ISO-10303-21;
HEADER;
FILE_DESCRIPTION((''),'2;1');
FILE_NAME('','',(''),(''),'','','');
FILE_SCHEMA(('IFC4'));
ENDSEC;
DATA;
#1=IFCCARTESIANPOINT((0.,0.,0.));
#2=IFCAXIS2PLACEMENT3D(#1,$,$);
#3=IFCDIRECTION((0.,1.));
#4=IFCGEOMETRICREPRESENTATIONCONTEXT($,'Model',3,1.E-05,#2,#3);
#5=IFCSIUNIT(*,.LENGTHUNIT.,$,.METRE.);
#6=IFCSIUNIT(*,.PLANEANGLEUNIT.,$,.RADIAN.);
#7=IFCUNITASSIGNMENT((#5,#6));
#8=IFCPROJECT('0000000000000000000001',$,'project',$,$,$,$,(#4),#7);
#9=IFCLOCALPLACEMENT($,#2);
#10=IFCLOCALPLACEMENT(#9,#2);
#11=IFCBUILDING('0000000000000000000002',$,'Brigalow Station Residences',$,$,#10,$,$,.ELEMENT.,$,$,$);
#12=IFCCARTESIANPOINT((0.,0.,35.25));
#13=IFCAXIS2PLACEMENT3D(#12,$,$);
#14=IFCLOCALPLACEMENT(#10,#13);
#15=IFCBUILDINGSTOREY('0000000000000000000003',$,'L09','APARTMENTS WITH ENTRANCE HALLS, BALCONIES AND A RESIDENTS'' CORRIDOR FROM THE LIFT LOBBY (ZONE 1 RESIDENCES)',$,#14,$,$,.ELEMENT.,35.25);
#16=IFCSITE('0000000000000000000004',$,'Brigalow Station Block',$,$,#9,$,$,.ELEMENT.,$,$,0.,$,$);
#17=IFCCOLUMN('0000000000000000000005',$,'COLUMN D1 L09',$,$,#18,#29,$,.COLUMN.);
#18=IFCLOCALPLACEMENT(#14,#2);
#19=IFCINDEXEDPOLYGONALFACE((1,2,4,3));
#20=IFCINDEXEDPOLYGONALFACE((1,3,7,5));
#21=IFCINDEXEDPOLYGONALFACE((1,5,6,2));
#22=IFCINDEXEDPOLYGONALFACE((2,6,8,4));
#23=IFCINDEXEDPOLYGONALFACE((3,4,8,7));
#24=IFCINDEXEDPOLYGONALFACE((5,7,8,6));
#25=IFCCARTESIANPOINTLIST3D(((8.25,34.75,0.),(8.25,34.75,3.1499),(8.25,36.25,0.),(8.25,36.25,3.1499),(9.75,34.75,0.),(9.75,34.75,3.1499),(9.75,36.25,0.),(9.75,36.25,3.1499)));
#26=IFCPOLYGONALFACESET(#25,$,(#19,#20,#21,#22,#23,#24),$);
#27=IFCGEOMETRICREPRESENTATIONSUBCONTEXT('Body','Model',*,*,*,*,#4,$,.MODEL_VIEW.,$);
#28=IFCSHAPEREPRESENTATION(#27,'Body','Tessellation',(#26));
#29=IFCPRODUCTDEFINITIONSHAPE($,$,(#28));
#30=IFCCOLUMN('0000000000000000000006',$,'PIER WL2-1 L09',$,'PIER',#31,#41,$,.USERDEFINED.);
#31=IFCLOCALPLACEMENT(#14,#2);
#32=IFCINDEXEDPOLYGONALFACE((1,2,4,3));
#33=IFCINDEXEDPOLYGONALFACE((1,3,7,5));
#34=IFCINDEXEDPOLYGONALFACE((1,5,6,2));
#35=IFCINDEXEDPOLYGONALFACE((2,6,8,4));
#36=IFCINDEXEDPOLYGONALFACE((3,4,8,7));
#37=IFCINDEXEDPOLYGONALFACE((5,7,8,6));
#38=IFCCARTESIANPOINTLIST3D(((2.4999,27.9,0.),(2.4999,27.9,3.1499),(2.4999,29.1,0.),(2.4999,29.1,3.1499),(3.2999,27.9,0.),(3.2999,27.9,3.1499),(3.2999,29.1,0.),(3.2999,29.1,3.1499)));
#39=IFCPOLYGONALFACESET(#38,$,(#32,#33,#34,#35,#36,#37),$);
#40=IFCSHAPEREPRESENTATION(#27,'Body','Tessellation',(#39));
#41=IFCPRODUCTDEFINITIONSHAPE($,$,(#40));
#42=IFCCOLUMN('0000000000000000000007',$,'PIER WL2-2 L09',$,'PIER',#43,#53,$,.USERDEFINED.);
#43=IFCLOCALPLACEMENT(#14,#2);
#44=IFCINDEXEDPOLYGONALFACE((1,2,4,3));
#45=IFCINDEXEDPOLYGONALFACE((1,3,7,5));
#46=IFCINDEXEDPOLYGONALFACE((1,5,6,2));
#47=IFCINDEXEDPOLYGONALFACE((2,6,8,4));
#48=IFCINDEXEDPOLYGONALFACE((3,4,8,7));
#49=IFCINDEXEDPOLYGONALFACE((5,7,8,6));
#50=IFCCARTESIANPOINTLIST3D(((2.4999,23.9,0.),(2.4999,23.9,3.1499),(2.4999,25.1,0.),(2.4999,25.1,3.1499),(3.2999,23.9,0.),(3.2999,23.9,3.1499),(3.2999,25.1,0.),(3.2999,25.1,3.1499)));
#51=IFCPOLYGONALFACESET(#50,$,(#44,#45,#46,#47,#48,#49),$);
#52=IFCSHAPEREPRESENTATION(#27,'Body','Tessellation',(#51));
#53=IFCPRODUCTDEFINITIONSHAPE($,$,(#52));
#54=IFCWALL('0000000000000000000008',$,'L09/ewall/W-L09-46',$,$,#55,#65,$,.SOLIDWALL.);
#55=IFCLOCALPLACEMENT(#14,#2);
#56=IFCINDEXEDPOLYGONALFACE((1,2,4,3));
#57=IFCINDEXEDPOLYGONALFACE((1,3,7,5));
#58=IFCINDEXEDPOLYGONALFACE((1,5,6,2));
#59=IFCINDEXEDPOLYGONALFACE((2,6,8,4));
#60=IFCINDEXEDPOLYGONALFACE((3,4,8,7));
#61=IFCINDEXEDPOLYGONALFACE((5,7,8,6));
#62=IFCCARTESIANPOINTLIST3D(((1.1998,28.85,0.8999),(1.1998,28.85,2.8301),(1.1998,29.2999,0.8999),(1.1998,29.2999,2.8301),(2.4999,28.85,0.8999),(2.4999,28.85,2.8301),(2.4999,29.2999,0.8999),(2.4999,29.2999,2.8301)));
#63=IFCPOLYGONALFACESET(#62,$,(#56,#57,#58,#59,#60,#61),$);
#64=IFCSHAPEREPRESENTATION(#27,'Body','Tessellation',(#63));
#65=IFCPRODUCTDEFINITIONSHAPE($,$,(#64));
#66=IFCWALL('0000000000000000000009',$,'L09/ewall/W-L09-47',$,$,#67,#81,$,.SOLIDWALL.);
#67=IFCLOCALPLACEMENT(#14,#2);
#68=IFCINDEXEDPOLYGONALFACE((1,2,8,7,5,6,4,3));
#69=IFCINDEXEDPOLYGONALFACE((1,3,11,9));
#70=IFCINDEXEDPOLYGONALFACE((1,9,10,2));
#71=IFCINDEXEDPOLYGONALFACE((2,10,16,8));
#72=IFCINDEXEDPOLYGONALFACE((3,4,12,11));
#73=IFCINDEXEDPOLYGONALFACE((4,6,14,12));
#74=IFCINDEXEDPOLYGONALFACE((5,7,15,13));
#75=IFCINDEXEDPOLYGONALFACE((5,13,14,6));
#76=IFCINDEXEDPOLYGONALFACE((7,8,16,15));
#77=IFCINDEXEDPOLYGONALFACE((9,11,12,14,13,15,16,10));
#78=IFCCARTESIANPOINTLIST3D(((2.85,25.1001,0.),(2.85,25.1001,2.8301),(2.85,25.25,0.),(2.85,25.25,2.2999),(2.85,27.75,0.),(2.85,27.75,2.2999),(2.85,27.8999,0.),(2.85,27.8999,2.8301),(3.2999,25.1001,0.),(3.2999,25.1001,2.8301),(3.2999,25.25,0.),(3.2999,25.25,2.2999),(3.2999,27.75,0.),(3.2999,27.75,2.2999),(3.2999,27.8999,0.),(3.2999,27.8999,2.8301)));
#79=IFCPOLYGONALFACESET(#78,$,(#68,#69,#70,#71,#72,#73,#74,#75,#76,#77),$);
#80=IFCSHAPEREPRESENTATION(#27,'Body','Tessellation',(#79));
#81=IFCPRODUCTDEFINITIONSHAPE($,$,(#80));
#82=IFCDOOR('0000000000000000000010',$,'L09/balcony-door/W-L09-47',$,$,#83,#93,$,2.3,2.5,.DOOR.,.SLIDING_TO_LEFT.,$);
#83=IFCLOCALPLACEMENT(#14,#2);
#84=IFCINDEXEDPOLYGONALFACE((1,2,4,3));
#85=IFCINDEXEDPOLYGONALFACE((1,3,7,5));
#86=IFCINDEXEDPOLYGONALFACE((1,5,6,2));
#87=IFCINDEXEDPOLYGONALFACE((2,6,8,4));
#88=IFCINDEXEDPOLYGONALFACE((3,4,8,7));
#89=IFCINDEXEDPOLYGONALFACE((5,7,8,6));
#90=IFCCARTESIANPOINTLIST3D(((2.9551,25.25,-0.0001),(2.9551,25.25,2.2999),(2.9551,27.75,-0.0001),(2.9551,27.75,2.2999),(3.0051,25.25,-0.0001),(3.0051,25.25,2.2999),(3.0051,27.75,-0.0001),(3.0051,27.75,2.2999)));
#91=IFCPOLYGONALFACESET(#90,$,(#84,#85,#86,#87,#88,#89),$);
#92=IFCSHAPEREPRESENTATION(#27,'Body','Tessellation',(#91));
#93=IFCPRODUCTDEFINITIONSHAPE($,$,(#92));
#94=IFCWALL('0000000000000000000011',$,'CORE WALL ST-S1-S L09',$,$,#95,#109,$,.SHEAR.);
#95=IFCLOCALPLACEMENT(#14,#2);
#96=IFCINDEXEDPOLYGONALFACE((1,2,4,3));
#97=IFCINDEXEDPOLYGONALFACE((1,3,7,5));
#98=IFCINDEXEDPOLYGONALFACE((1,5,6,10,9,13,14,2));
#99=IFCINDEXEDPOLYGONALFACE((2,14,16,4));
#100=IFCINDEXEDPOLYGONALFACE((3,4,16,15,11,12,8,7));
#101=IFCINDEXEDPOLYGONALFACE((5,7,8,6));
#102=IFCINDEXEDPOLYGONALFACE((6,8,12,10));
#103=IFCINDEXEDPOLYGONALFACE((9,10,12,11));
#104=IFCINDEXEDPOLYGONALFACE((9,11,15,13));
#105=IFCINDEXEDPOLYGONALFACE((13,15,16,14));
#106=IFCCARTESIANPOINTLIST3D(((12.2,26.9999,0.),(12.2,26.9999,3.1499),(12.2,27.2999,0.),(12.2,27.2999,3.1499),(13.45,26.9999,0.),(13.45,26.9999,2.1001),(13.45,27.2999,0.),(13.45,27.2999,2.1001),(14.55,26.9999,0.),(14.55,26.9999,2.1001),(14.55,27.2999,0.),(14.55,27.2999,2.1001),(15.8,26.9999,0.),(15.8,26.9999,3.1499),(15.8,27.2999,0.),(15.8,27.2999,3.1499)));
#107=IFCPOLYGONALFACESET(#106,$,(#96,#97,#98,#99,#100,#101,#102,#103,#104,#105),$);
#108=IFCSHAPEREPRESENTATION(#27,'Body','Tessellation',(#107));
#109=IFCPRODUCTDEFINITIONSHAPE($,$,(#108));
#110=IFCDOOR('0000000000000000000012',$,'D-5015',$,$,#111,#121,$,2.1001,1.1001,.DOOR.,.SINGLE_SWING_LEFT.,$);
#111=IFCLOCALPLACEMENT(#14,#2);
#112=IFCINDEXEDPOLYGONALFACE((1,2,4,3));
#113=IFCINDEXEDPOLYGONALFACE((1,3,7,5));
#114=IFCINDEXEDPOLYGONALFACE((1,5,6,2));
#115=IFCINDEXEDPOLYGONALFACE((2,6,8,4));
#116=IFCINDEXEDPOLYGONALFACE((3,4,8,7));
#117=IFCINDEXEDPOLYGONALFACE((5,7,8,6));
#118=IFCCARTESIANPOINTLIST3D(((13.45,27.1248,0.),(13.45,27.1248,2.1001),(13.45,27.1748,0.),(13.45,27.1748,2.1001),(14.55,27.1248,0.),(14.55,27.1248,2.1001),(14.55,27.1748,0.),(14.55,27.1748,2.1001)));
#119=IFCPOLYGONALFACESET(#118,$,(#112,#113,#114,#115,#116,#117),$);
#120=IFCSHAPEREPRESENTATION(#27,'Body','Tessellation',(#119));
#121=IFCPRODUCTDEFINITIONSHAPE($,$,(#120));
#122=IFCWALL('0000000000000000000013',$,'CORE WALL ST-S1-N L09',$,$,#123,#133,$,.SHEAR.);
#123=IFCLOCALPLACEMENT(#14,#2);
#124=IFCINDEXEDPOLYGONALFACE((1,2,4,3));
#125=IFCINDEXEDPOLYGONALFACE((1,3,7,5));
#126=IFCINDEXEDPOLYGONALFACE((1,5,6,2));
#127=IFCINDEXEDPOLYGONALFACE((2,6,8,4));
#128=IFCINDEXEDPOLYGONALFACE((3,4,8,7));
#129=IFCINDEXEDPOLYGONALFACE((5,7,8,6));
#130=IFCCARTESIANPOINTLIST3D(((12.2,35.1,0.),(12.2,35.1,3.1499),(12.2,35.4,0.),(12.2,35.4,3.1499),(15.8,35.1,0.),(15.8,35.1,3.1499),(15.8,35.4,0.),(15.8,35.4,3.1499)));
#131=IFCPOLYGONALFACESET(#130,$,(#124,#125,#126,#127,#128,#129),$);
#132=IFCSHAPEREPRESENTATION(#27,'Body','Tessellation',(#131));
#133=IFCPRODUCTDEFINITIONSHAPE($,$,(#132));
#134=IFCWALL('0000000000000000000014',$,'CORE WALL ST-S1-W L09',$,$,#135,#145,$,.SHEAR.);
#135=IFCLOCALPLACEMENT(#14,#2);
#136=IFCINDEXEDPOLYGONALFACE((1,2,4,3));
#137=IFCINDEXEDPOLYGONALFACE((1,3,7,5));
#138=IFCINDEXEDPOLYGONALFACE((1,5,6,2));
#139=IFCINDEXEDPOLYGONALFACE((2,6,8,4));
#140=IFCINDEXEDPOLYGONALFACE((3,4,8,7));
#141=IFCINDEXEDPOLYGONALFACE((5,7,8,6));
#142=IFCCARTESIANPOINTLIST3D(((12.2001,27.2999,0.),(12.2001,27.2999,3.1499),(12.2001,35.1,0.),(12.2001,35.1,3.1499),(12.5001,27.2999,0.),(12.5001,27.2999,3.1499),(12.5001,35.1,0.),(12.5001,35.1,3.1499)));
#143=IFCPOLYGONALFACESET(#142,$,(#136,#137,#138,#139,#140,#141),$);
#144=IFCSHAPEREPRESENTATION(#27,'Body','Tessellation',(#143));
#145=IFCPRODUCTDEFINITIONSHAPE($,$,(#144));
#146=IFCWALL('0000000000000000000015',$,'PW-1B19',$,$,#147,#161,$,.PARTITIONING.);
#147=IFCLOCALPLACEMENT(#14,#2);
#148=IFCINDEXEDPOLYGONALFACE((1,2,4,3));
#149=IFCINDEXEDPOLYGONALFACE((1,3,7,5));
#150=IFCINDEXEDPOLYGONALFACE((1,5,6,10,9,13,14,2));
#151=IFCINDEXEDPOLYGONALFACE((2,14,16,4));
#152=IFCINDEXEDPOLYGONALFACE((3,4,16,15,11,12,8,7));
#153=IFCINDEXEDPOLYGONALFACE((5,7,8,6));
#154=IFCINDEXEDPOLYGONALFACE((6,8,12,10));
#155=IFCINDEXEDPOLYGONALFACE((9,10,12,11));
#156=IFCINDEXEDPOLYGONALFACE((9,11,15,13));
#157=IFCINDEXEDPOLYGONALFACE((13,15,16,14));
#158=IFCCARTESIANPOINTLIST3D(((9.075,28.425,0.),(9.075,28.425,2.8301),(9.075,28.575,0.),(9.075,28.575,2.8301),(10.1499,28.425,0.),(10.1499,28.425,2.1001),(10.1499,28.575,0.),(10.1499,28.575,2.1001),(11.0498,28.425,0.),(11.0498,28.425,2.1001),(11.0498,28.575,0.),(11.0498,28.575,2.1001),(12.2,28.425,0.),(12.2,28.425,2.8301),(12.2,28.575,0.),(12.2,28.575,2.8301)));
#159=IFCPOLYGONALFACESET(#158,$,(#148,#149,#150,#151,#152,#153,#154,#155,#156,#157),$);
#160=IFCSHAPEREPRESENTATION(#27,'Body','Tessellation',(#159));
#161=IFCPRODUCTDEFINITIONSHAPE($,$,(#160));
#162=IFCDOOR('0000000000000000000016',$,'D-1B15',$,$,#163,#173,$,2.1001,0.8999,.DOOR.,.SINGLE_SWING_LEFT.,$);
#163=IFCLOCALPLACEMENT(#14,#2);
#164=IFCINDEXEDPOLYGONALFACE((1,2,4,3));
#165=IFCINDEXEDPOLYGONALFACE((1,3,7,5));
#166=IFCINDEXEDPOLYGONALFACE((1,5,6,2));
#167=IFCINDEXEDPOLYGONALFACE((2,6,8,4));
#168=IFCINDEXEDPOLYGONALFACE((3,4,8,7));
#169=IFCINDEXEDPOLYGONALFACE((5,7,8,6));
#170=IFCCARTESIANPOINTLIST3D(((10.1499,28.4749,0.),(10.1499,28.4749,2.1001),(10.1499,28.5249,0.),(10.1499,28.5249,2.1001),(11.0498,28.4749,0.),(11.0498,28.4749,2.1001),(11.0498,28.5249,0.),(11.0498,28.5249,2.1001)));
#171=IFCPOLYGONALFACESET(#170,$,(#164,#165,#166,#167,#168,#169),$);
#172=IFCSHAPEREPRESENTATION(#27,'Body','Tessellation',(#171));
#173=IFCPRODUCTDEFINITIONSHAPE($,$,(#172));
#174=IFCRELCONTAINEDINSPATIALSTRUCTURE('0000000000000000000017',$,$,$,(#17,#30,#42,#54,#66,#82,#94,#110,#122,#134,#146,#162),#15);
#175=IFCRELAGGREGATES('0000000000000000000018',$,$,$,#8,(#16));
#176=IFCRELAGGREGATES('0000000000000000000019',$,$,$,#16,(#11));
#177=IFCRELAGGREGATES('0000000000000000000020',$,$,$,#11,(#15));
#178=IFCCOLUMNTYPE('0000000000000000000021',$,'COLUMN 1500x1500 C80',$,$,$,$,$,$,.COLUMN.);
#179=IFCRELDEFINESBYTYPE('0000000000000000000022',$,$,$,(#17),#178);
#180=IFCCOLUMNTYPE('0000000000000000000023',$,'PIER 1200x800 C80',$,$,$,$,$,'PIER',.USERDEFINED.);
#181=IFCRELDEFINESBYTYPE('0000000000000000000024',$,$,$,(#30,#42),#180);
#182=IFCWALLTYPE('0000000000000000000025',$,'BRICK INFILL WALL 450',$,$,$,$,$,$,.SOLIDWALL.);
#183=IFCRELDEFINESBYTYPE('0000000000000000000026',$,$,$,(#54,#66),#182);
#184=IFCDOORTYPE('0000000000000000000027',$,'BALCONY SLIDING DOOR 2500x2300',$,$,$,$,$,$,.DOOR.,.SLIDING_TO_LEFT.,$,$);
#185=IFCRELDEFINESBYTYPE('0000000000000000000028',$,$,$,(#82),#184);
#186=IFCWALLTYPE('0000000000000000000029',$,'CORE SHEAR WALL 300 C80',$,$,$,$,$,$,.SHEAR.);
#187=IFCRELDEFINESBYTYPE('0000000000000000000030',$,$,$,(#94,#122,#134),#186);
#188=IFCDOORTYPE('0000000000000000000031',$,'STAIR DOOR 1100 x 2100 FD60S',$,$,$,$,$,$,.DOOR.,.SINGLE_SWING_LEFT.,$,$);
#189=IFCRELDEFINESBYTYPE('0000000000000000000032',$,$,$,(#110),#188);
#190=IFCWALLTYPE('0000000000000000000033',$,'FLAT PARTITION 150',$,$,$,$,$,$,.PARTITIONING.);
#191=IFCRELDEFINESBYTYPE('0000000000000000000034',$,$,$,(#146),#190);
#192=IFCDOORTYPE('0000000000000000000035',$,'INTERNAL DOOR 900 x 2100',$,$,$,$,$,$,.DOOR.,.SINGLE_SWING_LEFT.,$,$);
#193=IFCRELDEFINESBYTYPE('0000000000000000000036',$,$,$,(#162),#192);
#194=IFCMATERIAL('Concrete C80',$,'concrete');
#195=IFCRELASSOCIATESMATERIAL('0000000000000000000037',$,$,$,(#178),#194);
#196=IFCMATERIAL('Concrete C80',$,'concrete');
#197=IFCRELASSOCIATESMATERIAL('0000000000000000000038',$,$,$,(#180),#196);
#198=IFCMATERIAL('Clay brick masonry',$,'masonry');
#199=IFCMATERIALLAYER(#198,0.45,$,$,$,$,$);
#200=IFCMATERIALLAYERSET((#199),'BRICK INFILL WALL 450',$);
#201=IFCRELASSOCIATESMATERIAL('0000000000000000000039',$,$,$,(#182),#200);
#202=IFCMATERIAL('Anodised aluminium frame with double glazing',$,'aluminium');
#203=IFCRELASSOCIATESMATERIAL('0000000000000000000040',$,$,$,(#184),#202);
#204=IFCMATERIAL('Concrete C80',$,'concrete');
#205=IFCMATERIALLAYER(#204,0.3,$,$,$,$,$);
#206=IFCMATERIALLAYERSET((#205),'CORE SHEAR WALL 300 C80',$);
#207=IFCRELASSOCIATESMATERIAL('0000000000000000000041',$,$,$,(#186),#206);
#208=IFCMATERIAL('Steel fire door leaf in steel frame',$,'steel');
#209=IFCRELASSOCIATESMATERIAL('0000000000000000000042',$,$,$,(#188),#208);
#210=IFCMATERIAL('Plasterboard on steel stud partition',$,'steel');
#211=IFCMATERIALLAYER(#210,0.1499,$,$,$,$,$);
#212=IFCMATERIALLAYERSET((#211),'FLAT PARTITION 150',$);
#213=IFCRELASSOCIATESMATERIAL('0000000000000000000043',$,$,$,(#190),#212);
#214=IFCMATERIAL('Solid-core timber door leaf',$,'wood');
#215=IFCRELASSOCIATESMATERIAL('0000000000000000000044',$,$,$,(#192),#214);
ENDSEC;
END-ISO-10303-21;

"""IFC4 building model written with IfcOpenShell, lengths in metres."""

from ifc_helpers import new_model, si_unit, direction, frame, frame_2d, origin, origin_2d, place, context, subcontext, project, spatial, rectangle, extrude, material, layer, layer_set, material_profile, profile_set, type_object, element, fill, save


model = new_model("IFC4")

# Units and contexts
model_context = context("Model", 3, precision=1e-05, world=origin(), true_north=direction((0.0, 1.0)))
body_context = subcontext(model_context, "Body", "Model", "MODEL_VIEW")
ifc_project = project(units=[si_unit("LENGTHUNIT", "METRE"), si_unit("PLANEANGLEUNIT", "RADIAN")], contexts=[model_context])

# Site, building, storey
site_placement = place(None, origin())
site = spatial("IfcSite", under=ifc_project, at=site_placement, Name="Brigalow Station Block", CompositionType="ELEMENT", RefElevation=0.0)
building_placement = place(site_placement, origin())
building = spatial("IfcBuilding", under=site, at=building_placement, Name="Brigalow Station Residences", CompositionType="ELEMENT")
storey_placement = place(building_placement, frame((0.0, 0.0, 35.25)))
storey = spatial("IfcBuildingStorey", under=building, at=storey_placement, Name="L09", Description="APARTMENTS WITH ENTRANCE HALLS, BALCONIES AND A RESIDENTS' CORRIDOR FROM THE LIFT LOBBY (ZONE 1 RESIDENCES)", CompositionType="ELEMENT", Elevation=35.25)

# Columns
ifc_material_1 = material(Name="Concrete C80", Category="concrete")
ifc_material_profile_1 = material_profile(ifc_material_1, rectangle(XDim=1.5, YDim=1.5, at=origin_2d()), Name="RC1500x1500")
ifc_profile_set_1 = profile_set([ifc_material_profile_1], Name="Concrete C80")
column_type_1 = type_object("IfcColumnType", Name="COLUMN 1500x1500 C80", PredefinedType="COLUMN", material=ifc_profile_set_1)
column_placement = place(storey_placement, frame((9.0, 35.5, 0.0), z_axis=(0.0, 0.0, 1.0), x_axis=(1.0, 0.0, 0.0)))
element("IfcColumn", 1, at=column_placement, inside=storey, type_object=column_type_1, Name="COLUMN D1 L09", PredefinedType="COLUMN", context=body_context, shape_type="SweptSolid", body=[
    extrude(rectangle(XDim=1.5, YDim=1.5, at=origin_2d()), origin(), (0.0, 0.0, 1.0), 3.1499),
])
ifc_material_2 = material(Name="Concrete C80", Category="concrete")
ifc_material_profile_2 = material_profile(ifc_material_2, rectangle(XDim=1.2, YDim=0.8, at=origin_2d()), Name="RC1200x800")
ifc_profile_set_2 = profile_set([ifc_material_profile_2], Name="Concrete C80")
column_type_2 = type_object("IfcColumnType", Name="PIER 1200x800 C80", ElementType="PIER", PredefinedType="USERDEFINED", material=ifc_profile_set_2)
for number, where, z_axis, x_axis, name in (
    (2, (2.8999, 28.5, 0.0), (0.0, 0.0, 1.0), (0.0, -1.0, 0.0), "PIER WL2-1 L09"),
    (3, (2.8999, 24.5, 0.0), (0.0, 0.0, 1.0), (0.0, -1.0, 0.0), "PIER WL2-2 L09"),
):
    element("IfcColumn", number, at=place(storey_placement, frame(where, z_axis=z_axis, x_axis=x_axis)), inside=storey, type_object=column_type_2, Name=name, ObjectType="PIER", PredefinedType="USERDEFINED", context=body_context, shape_type="SweptSolid", body=[
        extrude(rectangle(XDim=1.2, YDim=0.8, at=origin_2d()), origin(), (0.0, 0.0, 1.0), 3.1499),
    ])

# Wall
ifc_material_3 = material(Name="Clay brick masonry", Category="masonry")
ifc_layer_1 = layer(ifc_material_3, 0.45)
ifc_layer_set_1 = layer_set([ifc_layer_1], Name="BRICK INFILL WALL 450")
wall_type_1 = type_object("IfcWallType", Name="BRICK INFILL WALL 450", PredefinedType="SOLIDWALL", material=ifc_layer_set_1)
wall_1_placement = place(storey_placement, frame((1.2, 29.075, 0.8999), z_axis=(0.0, 0.0, 1.0), x_axis=(1.0, 0.0, 0.0)))
element("IfcWall", 4, at=wall_1_placement, inside=storey, type_object=wall_type_1, Name="L09/ewall/W-L09-46", PredefinedType="SOLIDWALL", context=body_context, shape_type="SweptSolid", body=[
    extrude(rectangle(XDim=1.3, YDim=0.45, at=frame_2d((0.6499, 0.0))), origin(), (0.0, 0.0, 1.0), 1.9302),
])

# Walls, openings, doors
wall_2_placement = place(storey_placement, frame((3.075, 27.8999, 0.0), z_axis=(0.0, 0.0, 1.0), x_axis=(0.0, -1.0, 0.0)))
wall_2 = element("IfcWall", 5, at=wall_2_placement, inside=storey, type_object=wall_type_1, Name="L09/ewall/W-L09-47", PredefinedType="SOLIDWALL", context=body_context, shape_type="SweptSolid", body=[
    extrude(rectangle(XDim=2.7998, YDim=0.45, at=frame_2d((1.3999, 0.0))), origin(), (0.0, 0.0, 1.0), 2.8301),
])
opening_1_placement = place(wall_2_placement, frame((0.1499, 0.0, 0.0)))
opening_1 = element("IfcOpeningElement", 6, at=opening_1_placement, cuts=wall_2, PredefinedType="OPENING", context=body_context, shape_type="SweptSolid", body=[
    extrude(rectangle(XDim=2.5, YDim=2.3, at=frame_2d((1.25, 1.1499))), frame((0.0, 0.2349, 0.0), z_axis=(0.0, -1.0, 0.0), x_axis=(1.0, 0.0, 0.0)), (0.0, 0.0, 1.0), 0.47),
])
ifc_material_4 = material(Name="Anodised aluminium frame with double glazing", Category="aluminium")
door_type_1 = type_object("IfcDoorType", Name="BALCONY SLIDING DOOR 2500x2300", OperationType="SLIDING_TO_LEFT", PredefinedType="DOOR", material=ifc_material_4)
door_1_placement = place(opening_1_placement, origin())
door_1 = element("IfcDoor", 7, at=door_1_placement, inside=storey, type_object=door_type_1, Name="L09/balcony-door/W-L09-47", OperationType="SLIDING_TO_LEFT", OverallHeight=2.3, OverallWidth=2.5, PredefinedType="DOOR", context=body_context, shape_type="SweptSolid", body=[
    extrude(rectangle(XDim=2.5, YDim=2.3, at=frame_2d((1.25, 1.1499))), frame((0.0, -0.0698, 0.0), z_axis=(0.0, -1.0, 0.0), x_axis=(1.0, 0.0, 0.0)), (0.0, 0.0, 1.0), 0.05),
])
fill(opening_1, door_1)
ifc_material_5 = material(Name="Concrete C80", Category="concrete")
ifc_layer_2 = layer(ifc_material_5, 0.3)
ifc_layer_set_2 = layer_set([ifc_layer_2], Name="CORE SHEAR WALL 300 C80")
wall_type_2 = type_object("IfcWallType", Name="CORE SHEAR WALL 300 C80", PredefinedType="SHEAR", material=ifc_layer_set_2)
wall_3_placement = place(storey_placement, frame((12.2, 27.1499, 0.0), z_axis=(0.0, 0.0, 1.0), x_axis=(1.0, 0.0, 0.0)))
wall_3 = element("IfcWall", 8, at=wall_3_placement, inside=storey, type_object=wall_type_2, Name="CORE WALL ST-S1-S L09", PredefinedType="SHEAR", context=body_context, shape_type="SweptSolid", body=[
    extrude(rectangle(XDim=3.6001, YDim=0.3, at=frame_2d((1.8, 0.0))), origin(), (0.0, 0.0, 1.0), 3.1499),
])
opening_2_placement = place(wall_3_placement, frame((1.25, 0.0, 0.0)))
opening_2 = element("IfcOpeningElement", 9, at=opening_2_placement, cuts=wall_3, PredefinedType="OPENING", context=body_context, shape_type="SweptSolid", body=[
    extrude(rectangle(XDim=1.1001, YDim=2.1001, at=frame_2d((0.55, 1.05))), frame((0.0, 0.1602, 0.0), z_axis=(0.0, -1.0, 0.0), x_axis=(1.0, 0.0, 0.0)), (0.0, 0.0, 1.0), 0.3201),
])
ifc_material_6 = material(Name="Steel fire door leaf in steel frame", Category="steel")
door_type_2 = type_object("IfcDoorType", Name="STAIR DOOR 1100 x 2100 FD60S", OperationType="SINGLE_SWING_LEFT", PredefinedType="DOOR", material=ifc_material_6)
door_2_placement = place(opening_2_placement, origin())
door_2 = element("IfcDoor", 10, at=door_2_placement, inside=storey, type_object=door_type_2, Name="D-5015", OperationType="SINGLE_SWING_LEFT", OverallHeight=2.1001, OverallWidth=1.1001, PredefinedType="DOOR", context=body_context, shape_type="SweptSolid", body=[
    extrude(rectangle(XDim=1.1001, YDim=2.1001, at=frame_2d((0.55, 1.05))), frame((0.0, 0.0249, 0.0), z_axis=(0.0, -1.0, 0.0), x_axis=(1.0, 0.0, 0.0)), (0.0, 0.0, 1.0), 0.05),
])
fill(opening_2, door_2)

# Walls
wall_4_placement = place(storey_placement, frame((12.2, 35.25, 0.0), z_axis=(0.0, 0.0, 1.0), x_axis=(1.0, 0.0, 0.0)))
element("IfcWall", 11, at=wall_4_placement, inside=storey, type_object=wall_type_2, Name="CORE WALL ST-S1-N L09", PredefinedType="SHEAR", context=body_context, shape_type="SweptSolid", body=[
    extrude(rectangle(XDim=3.6001, YDim=0.3, at=frame_2d((1.8, 0.0))), origin(), (0.0, 0.0, 1.0), 3.1499),
])
wall_5_placement = place(storey_placement, frame((12.3501, 27.3, 0.0), z_axis=(0.0, 0.0, 1.0), x_axis=(0.0, 1.0, 0.0)))
element("IfcWall", 12, at=wall_5_placement, inside=storey, type_object=wall_type_2, Name="CORE WALL ST-S1-W L09", PredefinedType="SHEAR", context=body_context, shape_type="SweptSolid", body=[
    extrude(rectangle(XDim=7.8, YDim=0.3, at=frame_2d((3.8999, 0.0))), origin(), (0.0, 0.0, 1.0), 3.1499),
])

# Wall, opening, door
ifc_material_7 = material(Name="Plasterboard on steel stud partition", Category="steel")
ifc_layer_3 = layer(ifc_material_7, 0.1499)
ifc_layer_set_3 = layer_set([ifc_layer_3], Name="FLAT PARTITION 150")
wall_type_3 = type_object("IfcWallType", Name="FLAT PARTITION 150", PredefinedType="PARTITIONING", material=ifc_layer_set_3)
wall_6_placement = place(storey_placement, frame((9.075, 28.5, 0.0), z_axis=(0.0, 0.0, 1.0), x_axis=(1.0, 0.0, 0.0)))
wall_6 = element("IfcWall", 13, at=wall_6_placement, inside=storey, type_object=wall_type_3, Name="PW-1B19", PredefinedType="PARTITIONING", context=body_context, shape_type="SweptSolid", body=[
    extrude(rectangle(XDim=3.125, YDim=0.1499, at=frame_2d((1.5625, 0.0))), origin(), (0.0, 0.0, 1.0), 2.8301),
])
opening_3_placement = place(wall_6_placement, frame((1.075, 0.0, 0.0)))
opening_3 = element("IfcOpeningElement", 14, at=opening_3_placement, cuts=wall_6, PredefinedType="OPENING", context=body_context, shape_type="SweptSolid", body=[
    extrude(rectangle(XDim=0.8999, YDim=2.1001, at=frame_2d((0.45, 1.05))), frame((0.0, 0.085, 0.0), z_axis=(0.0, -1.0, 0.0), x_axis=(1.0, 0.0, 0.0)), (0.0, 0.0, 1.0), 0.1699),
])
ifc_material_8 = material(Name="Solid-core timber door leaf", Category="wood")
door_type_3 = type_object("IfcDoorType", Name="INTERNAL DOOR 900 x 2100", OperationType="SINGLE_SWING_LEFT", PredefinedType="DOOR", material=ifc_material_8)
door_3_placement = place(opening_3_placement, origin())
door_3 = element("IfcDoor", 15, at=door_3_placement, inside=storey, type_object=door_type_3, Name="D-1B15", OperationType="SINGLE_SWING_LEFT", OverallHeight=2.1001, OverallWidth=0.8999, PredefinedType="DOOR", context=body_context, shape_type="SweptSolid", body=[
    extrude(rectangle(XDim=0.8999, YDim=2.1001, at=frame_2d((0.45, 1.05))), frame((0.0, 0.0249, 0.0), z_axis=(0.0, -1.0, 0.0), x_axis=(1.0, 0.0, 0.0)), (0.0, 0.0, 1.0), 0.05),
])
fill(opening_3, door_3)

save(model, "model.ifc")
